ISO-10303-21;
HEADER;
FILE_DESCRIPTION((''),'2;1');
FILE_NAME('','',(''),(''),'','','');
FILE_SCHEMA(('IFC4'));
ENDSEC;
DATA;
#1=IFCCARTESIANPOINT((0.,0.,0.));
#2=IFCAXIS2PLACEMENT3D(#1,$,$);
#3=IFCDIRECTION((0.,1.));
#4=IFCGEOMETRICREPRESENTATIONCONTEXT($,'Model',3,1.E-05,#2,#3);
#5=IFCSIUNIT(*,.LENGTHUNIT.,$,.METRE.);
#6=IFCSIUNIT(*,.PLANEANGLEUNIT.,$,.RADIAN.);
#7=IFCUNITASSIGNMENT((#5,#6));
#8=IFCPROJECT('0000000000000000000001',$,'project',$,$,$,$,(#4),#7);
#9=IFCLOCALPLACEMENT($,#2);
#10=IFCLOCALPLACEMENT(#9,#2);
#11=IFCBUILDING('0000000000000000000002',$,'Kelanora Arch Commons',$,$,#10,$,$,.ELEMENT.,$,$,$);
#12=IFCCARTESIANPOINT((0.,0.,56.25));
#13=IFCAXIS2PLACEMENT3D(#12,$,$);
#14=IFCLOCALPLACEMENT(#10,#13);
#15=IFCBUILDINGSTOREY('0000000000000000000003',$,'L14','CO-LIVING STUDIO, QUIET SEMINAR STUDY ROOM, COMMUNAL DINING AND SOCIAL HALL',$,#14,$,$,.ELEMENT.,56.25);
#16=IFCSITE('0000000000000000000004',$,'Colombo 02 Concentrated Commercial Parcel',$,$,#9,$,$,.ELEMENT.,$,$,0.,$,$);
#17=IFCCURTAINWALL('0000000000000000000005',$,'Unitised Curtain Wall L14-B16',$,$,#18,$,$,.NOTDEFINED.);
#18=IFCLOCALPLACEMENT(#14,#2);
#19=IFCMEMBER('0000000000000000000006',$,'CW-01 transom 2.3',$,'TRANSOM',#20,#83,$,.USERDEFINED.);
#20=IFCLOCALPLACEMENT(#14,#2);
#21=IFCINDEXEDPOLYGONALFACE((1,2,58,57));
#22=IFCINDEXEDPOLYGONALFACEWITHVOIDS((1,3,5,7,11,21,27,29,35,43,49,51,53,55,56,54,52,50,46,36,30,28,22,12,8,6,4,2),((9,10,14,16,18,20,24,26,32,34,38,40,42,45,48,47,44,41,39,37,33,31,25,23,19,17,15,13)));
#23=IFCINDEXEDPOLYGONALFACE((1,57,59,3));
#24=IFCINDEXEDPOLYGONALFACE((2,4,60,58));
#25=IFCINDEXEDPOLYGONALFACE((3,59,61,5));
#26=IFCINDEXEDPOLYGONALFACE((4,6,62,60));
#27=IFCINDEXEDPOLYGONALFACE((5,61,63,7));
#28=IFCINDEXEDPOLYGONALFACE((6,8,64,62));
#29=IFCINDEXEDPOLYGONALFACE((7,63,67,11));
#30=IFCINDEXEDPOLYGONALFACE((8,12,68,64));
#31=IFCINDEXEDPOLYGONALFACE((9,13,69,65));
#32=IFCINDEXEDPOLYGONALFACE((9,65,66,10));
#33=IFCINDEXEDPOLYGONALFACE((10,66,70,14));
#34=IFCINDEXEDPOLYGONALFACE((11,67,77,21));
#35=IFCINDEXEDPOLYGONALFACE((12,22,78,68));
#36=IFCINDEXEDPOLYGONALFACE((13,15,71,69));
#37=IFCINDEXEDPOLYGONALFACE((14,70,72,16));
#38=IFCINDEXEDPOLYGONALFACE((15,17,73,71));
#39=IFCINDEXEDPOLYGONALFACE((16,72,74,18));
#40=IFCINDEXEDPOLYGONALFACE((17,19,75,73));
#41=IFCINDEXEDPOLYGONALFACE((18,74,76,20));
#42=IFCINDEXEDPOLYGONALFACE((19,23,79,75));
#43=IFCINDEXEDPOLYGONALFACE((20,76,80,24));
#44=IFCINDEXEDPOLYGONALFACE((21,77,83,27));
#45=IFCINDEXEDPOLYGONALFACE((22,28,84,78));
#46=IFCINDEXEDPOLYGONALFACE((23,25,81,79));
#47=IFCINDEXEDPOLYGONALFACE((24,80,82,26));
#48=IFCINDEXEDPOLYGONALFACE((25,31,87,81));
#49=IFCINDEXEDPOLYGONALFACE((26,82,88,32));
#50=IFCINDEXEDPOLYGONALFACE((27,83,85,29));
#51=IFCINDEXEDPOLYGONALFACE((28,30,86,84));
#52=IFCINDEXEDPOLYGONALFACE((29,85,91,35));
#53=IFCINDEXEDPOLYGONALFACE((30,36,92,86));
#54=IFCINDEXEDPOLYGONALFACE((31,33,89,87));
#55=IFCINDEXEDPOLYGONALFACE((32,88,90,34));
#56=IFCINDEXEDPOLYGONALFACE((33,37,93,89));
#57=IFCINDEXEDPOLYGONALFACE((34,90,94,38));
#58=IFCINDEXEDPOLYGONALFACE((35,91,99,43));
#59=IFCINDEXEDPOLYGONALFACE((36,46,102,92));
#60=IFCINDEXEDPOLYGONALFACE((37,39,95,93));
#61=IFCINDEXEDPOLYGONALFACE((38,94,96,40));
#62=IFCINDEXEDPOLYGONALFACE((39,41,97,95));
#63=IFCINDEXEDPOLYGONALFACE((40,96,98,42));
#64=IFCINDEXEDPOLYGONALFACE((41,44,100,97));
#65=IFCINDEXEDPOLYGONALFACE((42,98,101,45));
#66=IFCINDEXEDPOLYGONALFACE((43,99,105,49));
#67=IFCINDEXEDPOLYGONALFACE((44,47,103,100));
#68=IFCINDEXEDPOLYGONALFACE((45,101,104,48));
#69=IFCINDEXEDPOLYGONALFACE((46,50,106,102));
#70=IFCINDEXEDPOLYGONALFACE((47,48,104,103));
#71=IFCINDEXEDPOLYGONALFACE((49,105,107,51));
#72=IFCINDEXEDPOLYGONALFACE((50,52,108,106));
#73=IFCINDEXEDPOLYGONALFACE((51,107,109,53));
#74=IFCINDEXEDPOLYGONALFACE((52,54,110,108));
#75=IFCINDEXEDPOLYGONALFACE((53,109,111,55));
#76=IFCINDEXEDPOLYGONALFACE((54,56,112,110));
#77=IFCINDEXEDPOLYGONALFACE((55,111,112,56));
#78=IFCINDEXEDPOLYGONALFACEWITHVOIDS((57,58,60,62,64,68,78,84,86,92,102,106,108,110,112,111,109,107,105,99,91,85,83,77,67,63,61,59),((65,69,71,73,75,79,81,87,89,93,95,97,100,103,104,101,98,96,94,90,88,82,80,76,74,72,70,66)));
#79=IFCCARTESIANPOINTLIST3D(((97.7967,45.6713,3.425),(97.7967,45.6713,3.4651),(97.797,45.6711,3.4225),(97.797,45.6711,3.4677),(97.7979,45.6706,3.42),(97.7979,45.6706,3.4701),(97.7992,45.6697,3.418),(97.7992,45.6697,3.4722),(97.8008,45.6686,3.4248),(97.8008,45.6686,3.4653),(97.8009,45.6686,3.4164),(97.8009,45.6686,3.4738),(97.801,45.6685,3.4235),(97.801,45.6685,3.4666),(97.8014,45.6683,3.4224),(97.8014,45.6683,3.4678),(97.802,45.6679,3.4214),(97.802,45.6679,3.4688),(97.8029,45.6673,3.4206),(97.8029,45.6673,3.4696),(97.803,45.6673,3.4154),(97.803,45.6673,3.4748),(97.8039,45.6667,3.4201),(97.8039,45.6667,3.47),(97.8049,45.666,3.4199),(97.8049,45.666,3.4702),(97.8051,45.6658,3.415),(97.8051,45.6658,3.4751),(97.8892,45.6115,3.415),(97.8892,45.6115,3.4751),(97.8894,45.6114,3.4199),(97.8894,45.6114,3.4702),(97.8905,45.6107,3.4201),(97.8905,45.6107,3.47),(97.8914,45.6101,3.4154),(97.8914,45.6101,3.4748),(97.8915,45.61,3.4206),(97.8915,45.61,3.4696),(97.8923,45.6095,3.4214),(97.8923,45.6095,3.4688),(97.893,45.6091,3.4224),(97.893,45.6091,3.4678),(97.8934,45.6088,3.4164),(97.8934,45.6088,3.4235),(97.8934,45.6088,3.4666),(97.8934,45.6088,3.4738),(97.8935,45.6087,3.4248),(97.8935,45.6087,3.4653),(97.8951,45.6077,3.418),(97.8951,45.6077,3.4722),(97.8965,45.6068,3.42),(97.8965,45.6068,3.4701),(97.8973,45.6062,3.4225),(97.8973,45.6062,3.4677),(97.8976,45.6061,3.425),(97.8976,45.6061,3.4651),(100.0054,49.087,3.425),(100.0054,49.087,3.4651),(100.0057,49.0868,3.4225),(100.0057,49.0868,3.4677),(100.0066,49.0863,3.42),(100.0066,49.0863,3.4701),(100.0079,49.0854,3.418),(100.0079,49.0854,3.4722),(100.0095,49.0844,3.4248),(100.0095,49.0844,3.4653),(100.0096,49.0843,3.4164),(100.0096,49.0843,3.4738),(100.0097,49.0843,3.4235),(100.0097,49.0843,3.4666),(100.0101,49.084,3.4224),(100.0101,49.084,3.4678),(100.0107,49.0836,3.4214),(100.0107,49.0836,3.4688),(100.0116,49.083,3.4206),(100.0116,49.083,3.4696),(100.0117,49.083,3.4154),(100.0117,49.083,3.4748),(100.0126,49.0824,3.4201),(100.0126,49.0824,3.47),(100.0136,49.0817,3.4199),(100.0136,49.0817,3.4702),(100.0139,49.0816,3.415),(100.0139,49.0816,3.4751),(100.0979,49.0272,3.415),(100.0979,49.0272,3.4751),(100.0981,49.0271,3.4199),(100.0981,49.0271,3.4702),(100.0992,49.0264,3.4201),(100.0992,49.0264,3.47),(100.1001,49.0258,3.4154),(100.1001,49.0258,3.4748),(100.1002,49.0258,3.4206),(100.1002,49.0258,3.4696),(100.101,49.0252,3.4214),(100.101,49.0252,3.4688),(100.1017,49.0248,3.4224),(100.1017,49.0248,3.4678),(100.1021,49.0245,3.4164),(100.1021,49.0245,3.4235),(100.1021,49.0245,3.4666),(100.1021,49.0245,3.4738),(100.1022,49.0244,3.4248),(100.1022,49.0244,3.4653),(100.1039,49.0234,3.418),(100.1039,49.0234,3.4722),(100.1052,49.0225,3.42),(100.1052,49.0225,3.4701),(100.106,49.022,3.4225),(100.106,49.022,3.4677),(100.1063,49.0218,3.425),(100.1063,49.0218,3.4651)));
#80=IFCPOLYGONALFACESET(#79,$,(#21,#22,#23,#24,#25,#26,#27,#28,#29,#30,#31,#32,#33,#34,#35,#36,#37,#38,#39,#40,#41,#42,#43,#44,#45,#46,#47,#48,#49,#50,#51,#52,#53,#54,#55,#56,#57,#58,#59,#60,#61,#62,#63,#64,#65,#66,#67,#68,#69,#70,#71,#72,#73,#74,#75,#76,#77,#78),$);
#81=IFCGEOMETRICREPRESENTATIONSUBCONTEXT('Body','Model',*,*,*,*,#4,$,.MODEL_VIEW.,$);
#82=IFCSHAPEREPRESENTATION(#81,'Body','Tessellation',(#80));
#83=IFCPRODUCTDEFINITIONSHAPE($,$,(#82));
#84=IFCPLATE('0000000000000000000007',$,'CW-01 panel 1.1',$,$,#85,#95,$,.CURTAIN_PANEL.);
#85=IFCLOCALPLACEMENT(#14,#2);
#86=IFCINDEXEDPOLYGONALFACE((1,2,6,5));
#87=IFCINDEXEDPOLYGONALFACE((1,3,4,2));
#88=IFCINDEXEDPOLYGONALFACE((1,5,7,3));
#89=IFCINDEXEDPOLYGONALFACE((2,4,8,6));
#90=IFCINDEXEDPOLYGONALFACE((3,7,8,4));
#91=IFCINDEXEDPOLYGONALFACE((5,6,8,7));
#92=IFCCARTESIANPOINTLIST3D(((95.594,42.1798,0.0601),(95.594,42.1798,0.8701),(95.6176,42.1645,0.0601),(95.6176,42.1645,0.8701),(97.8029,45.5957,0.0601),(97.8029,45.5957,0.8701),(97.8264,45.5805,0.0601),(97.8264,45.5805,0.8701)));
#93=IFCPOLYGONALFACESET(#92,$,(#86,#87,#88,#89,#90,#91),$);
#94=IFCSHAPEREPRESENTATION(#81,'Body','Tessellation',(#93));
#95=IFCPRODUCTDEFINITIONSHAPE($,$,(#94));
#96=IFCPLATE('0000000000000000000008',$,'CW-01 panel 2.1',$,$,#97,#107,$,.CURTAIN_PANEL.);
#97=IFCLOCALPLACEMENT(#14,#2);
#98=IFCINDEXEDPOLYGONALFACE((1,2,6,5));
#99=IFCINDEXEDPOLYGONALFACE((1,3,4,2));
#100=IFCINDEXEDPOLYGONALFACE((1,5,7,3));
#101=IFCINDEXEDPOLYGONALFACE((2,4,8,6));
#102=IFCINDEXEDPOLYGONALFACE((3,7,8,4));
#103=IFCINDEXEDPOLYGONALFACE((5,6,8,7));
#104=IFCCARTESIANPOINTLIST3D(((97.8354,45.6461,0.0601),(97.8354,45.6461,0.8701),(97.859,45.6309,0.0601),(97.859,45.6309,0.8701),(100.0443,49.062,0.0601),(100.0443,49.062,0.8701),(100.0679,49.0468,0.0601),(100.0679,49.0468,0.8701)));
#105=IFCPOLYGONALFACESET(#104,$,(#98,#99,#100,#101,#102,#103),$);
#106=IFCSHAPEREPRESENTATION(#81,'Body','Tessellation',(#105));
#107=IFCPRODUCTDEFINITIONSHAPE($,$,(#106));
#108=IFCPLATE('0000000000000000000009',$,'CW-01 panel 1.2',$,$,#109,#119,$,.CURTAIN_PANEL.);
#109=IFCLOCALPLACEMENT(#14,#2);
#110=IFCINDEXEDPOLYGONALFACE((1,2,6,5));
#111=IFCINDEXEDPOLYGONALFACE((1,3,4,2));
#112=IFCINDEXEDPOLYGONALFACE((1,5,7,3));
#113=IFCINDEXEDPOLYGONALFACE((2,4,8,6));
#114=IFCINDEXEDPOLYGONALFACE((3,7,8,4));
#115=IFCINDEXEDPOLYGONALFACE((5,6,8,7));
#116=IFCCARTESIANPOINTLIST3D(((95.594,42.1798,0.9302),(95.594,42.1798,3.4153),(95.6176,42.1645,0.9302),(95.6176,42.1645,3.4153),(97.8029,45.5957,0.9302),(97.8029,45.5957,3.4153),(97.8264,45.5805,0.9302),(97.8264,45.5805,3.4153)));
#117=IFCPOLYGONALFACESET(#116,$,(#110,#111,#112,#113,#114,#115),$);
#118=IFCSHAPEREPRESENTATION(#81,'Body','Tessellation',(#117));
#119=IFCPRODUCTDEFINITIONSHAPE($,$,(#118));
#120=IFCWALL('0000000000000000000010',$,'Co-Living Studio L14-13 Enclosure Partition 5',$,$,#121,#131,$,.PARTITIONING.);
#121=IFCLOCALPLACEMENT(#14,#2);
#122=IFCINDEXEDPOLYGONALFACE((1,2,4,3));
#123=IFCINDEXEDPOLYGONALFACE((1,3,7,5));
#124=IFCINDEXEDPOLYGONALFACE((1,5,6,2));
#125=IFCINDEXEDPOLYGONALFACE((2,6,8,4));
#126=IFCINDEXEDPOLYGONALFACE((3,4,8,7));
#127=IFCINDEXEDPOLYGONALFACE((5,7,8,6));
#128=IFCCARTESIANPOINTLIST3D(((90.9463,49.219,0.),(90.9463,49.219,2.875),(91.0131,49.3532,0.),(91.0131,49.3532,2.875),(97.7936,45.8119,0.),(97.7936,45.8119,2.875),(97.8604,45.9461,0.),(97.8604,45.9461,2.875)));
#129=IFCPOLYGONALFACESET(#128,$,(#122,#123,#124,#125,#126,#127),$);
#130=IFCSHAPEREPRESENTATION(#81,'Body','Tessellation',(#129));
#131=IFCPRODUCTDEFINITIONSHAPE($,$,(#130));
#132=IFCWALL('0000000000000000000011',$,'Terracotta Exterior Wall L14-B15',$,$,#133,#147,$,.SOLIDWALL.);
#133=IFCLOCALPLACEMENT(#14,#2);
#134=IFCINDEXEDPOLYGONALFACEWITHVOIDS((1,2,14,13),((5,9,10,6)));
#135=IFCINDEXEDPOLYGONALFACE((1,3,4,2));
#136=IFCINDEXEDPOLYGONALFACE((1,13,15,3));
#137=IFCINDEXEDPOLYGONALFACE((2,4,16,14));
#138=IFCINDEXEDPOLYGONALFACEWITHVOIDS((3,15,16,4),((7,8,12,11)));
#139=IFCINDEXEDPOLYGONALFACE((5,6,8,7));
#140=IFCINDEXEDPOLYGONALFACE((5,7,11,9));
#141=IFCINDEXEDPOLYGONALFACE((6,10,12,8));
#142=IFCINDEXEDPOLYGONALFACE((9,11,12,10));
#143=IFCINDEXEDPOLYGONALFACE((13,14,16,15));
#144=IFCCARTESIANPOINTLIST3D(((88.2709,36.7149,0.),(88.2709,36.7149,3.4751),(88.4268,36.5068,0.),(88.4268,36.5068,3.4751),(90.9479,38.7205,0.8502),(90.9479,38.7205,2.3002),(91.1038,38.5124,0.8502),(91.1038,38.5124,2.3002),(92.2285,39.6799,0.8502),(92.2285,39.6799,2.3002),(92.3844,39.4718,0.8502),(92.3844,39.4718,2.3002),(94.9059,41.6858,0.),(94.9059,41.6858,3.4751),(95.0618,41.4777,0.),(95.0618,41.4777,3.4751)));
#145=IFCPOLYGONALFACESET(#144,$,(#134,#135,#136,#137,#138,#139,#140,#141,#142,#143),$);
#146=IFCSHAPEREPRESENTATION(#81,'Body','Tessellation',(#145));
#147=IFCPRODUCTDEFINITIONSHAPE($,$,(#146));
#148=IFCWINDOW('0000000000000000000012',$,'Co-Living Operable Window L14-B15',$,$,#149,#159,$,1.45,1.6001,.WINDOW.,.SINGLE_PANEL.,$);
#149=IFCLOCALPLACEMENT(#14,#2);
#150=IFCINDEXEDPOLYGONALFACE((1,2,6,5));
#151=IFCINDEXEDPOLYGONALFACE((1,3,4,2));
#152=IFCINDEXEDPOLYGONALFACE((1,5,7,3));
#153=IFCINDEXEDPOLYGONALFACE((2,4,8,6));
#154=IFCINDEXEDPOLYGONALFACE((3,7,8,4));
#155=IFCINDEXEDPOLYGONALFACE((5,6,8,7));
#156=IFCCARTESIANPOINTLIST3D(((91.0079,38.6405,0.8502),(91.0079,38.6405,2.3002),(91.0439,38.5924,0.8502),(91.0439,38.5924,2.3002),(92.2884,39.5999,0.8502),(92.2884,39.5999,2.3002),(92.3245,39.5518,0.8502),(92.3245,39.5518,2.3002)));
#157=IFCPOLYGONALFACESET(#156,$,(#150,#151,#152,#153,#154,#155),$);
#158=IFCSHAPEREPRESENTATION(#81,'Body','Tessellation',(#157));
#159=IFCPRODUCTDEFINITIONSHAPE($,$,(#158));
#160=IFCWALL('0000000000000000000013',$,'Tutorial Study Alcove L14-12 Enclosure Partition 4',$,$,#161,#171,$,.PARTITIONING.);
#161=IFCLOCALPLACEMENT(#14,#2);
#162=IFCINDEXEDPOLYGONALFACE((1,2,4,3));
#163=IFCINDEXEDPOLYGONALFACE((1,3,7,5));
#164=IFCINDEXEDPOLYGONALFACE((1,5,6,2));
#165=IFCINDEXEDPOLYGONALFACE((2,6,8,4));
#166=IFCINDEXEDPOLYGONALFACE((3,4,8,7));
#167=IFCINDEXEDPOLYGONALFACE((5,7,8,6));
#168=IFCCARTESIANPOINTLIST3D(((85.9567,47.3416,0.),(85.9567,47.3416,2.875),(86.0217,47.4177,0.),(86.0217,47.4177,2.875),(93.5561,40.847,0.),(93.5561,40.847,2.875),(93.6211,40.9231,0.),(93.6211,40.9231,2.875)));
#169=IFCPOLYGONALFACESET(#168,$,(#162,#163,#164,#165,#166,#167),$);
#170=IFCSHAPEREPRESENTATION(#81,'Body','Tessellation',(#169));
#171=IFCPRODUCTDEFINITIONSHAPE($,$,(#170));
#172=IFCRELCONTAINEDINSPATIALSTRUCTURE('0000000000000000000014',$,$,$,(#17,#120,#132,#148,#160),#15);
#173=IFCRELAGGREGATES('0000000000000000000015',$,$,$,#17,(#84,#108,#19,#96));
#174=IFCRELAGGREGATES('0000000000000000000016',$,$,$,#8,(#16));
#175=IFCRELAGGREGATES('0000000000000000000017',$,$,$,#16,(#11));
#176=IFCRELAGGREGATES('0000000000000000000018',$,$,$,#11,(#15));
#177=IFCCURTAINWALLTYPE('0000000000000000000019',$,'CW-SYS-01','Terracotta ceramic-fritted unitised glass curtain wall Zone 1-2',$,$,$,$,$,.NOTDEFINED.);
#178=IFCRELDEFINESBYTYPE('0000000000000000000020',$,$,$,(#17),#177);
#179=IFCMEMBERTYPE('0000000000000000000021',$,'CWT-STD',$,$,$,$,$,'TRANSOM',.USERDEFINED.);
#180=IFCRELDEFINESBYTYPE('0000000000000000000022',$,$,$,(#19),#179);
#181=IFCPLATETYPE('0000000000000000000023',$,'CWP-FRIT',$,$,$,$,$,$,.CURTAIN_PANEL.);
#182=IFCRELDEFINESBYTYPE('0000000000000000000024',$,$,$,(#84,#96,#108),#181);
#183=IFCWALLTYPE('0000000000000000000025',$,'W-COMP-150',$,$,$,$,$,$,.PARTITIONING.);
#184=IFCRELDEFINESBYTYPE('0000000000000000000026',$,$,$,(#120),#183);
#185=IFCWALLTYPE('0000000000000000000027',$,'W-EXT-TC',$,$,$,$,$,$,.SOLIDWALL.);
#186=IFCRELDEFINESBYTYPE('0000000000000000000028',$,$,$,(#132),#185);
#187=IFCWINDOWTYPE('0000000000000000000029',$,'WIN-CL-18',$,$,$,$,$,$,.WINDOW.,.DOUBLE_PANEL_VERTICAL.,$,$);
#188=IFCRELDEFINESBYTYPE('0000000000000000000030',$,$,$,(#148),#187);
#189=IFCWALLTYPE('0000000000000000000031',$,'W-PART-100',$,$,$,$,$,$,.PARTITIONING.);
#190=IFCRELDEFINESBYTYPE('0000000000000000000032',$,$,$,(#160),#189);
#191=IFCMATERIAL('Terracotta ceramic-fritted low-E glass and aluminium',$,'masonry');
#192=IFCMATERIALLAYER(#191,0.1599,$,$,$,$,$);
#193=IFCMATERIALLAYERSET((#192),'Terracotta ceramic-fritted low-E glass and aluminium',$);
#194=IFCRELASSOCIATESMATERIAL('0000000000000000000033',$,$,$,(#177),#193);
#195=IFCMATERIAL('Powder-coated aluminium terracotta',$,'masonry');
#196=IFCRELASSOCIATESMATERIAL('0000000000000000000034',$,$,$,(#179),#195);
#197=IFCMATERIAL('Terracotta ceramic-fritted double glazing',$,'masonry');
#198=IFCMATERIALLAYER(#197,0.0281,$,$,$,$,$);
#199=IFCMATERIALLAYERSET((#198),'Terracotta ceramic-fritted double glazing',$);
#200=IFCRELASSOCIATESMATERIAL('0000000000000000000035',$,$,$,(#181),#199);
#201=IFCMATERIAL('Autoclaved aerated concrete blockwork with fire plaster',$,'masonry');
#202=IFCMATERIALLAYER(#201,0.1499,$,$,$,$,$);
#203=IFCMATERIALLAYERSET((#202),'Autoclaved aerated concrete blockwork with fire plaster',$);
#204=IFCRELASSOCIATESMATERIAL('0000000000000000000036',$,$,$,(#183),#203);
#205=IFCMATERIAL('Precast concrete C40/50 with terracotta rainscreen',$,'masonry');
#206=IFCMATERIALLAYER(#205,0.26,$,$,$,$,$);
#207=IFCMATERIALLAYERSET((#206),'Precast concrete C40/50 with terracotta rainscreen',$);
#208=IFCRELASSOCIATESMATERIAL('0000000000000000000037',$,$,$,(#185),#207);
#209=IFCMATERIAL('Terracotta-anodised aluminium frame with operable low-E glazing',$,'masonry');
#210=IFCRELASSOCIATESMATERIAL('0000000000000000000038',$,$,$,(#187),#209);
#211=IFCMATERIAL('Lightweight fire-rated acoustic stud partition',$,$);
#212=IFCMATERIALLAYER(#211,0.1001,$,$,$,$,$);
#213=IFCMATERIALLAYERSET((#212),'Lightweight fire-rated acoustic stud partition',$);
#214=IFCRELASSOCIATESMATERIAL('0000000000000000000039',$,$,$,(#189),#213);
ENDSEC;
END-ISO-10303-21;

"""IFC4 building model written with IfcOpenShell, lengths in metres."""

from ifc_helpers import new_model, si_unit, direction, frame, frame_2d, origin, origin_2d, place, context, subcontext, project, spatial, rectangle, hollow_rectangle, extrude, source, transform, mapped, material, layer, layer_set, material_profile, profile_set, type_object, element, fill, aggregate, save


model = new_model("IFC4")

# Units and contexts
model_context = context("Model", 3, precision=1e-05, world=origin(), true_north=direction((0.0, 1.0)))
body_context = subcontext(model_context, "Body", "Model", "MODEL_VIEW")
ifc_project = project(units=[si_unit("LENGTHUNIT", "METRE"), si_unit("PLANEANGLEUNIT", "RADIAN")], contexts=[model_context])

# Site, building, storey
site_placement = place(None, origin())
site = spatial("IfcSite", under=ifc_project, at=site_placement, Name="Colombo 02 Concentrated Commercial Parcel", CompositionType="ELEMENT", RefElevation=0.0)
building_placement = place(site_placement, origin())
building = spatial("IfcBuilding", under=site, at=building_placement, Name="Kelanora Arch Commons", CompositionType="ELEMENT")
storey_placement = place(building_placement, frame((0.0, 0.0, 56.25)))
storey = spatial("IfcBuildingStorey", under=building, at=storey_placement, Name="L14", Description="CO-LIVING STUDIO, QUIET SEMINAR STUDY ROOM, COMMUNAL DINING AND SOCIAL HALL", CompositionType="ELEMENT", Elevation=56.25)

# Shared definitions
ifc_material_1 = material(Name="Terracotta ceramic-fritted low-E glass and aluminium", Category="masonry")
ifc_layer_1 = layer(ifc_material_1, 0.1599)
ifc_layer_set_1 = layer_set([ifc_layer_1], Name="Terracotta ceramic-fritted low-E glass and aluminium")
curtain_wall_type = type_object("IfcCurtainWallType", Name="CW-SYS-01", Description="Terracotta ceramic-fritted unitised glass curtain wall Zone 1-2", PredefinedType="NOTDEFINED", material=ifc_layer_set_1)
ifc_material_2 = material(Name="Powder-coated aluminium terracotta", Category="masonry")

# Curtain wall, member, plates
curtain_wall_1_placement = place(storey_placement, origin())
curtain_wall_1 = element("IfcCurtainWall", 1, at=curtain_wall_1_placement, inside=storey, type_object=curtain_wall_type, Name="Unitised Curtain Wall L14-B16", PredefinedType="NOTDEFINED")
ifc_material_profile_1 = material_profile(ifc_material_2, hollow_rectangle(XDim=0.1201, YDim=0.0601, WallThickness=0.0049, InnerFilletRadius=0.0049, OuterFilletRadius=0.01, at=origin_2d()), Name="CWT120x60")
ifc_profile_set_1 = profile_set([ifc_material_profile_1], Name="Powder-coated aluminium terracotta")
member_type_1 = type_object("IfcMemberType", Name="CWT-STD", ElementType="TRANSOM", PredefinedType="USERDEFINED", material=ifc_profile_set_1)
member_1_placement = place(storey_placement, frame((97.8472, 45.6387, 3.4451), z_axis=(0.542997, 0.839734, 0.0), x_axis=(-0.839734, 0.542997, 0.0)))
member_1 = element("IfcMember", 2, at=member_1_placement, type_object=member_type_1, Name="CW-01 transom 2.3", ObjectType="TRANSOM", PredefinedType="USERDEFINED", context=body_context, shape_type="SweptSolid", body=[
    extrude(hollow_rectangle(XDim=0.1201, YDim=0.0601, WallThickness=0.0049, InnerFilletRadius=0.0049, OuterFilletRadius=0.01, at=origin_2d()), origin(), (0.0, 0.0, 1.0), 4.0676),
])
ifc_material_3 = material(Name="Terracotta ceramic-fritted double glazing", Category="masonry")
ifc_layer_2 = layer(ifc_material_3, 0.0281)
ifc_layer_set_2 = layer_set([ifc_layer_2], Name="Terracotta ceramic-fritted double glazing")
plate_type = type_object("IfcPlateType", Name="CWP-FRIT", PredefinedType="CURTAIN_PANEL", material=ifc_layer_set_2)
shared_shape_1 = source(origin(), body_context, "Body", "SweptSolid", [
    extrude(rectangle(XDim=4.0679, YDim=0.0281, at=origin_2d()), origin(), (0.0, 0.0, 1.0), 0.8101),
])
plate_1_placement = place(storey_placement, frame((96.7102, 43.8801, 0.0601), z_axis=(0.0, 0.0, 1.0), x_axis=(0.543004, 0.83973, 0.0)))
plate_1 = element("IfcPlate", 3, at=plate_1_placement, type_object=plate_type, Name="CW-01 panel 1.1", PredefinedType="CURTAIN_PANEL", context=body_context, shape_type="MappedRepresentation", body=[
    mapped(shared_shape_1, transform((0.0, 0.0, 0.0), scale=1.0)),
])
plate_2_placement = place(storey_placement, frame((98.9517, 47.3464, 0.0601), z_axis=(0.0, 0.0, 1.0), x_axis=(0.543004, 0.83973, 0.0)))
plate_2 = element("IfcPlate", 4, at=plate_2_placement, type_object=plate_type, Name="CW-01 panel 2.1", PredefinedType="CURTAIN_PANEL", context=body_context, shape_type="MappedRepresentation", body=[
    mapped(shared_shape_1, transform((0.0, 0.0, 0.0), scale=1.0)),
])
shared_shape_2 = source(origin(), body_context, "Body", "SweptSolid", [
    extrude(rectangle(XDim=4.0679, YDim=0.0281, at=origin_2d()), origin(), (0.0, 0.0, 1.0), 2.4851),
])
plate_3_placement = place(storey_placement, frame((96.7102, 43.8801, 0.9302), z_axis=(0.0, 0.0, 1.0), x_axis=(0.543004, 0.83973, 0.0)))
plate_3 = element("IfcPlate", 5, at=plate_3_placement, type_object=plate_type, Name="CW-01 panel 1.2", PredefinedType="CURTAIN_PANEL", context=body_context, shape_type="MappedRepresentation", body=[
    mapped(shared_shape_2, transform((0.0, 0.0, 0.0), scale=1.0)),
])
aggregate(curtain_wall_1, [plate_1, plate_3, member_1, plate_2])

# Wall
ifc_material_4 = material(Name="Autoclaved aerated concrete blockwork with fire plaster", Category="masonry")
ifc_layer_3 = layer(ifc_material_4, 0.1499)
ifc_layer_set_3 = layer_set([ifc_layer_3], Name="Autoclaved aerated concrete blockwork with fire plaster")
wall_type_1 = type_object("IfcWallType", Name="W-COMP-150", PredefinedType="PARTITIONING", material=ifc_layer_set_3)
wall_1_placement = place(storey_placement, frame((97.8271, 45.8789, 0.0), z_axis=(0.0, 0.0, 1.0), x_axis=(-0.895287, 0.445489, 0.0)))
element("IfcWall", 6, at=wall_1_placement, inside=storey, type_object=wall_type_1, Name="Co-Living Studio L14-13 Enclosure Partition 5", PredefinedType="PARTITIONING", context=body_context, shape_type="SweptSolid", body=[
    extrude(rectangle(XDim=7.6482, YDim=0.1499, at=frame_2d((3.8242, 0.0))), origin(), (0.0, 0.0, 1.0), 2.875),
])

# Wall, opening, window
ifc_material_5 = material(Name="Precast concrete C40/50 with terracotta rainscreen", Category="masonry")
ifc_layer_4 = layer(ifc_material_5, 0.26)
ifc_layer_set_4 = layer_set([ifc_layer_4], Name="Precast concrete C40/50 with terracotta rainscreen")
wall_type_2 = type_object("IfcWallType", Name="W-EXT-TC", PredefinedType="SOLIDWALL", material=ifc_layer_set_4)
wall_2_placement = place(storey_placement, frame((88.3489, 36.6108, 0.0), z_axis=(0.0, 0.0, 1.0), x_axis=(0.800307, 0.59959, 0.0)))
wall_2 = element("IfcWall", 7, at=wall_2_placement, inside=storey, type_object=wall_type_2, Name="Terracotta Exterior Wall L14-B15", PredefinedType="SOLIDWALL", context=body_context, shape_type="SweptSolid", body=[
    extrude(rectangle(XDim=8.2905, YDim=0.26, at=frame_2d((4.1453, 0.0))), origin(), (0.0, 0.0, 1.0), 3.4751),
])
opening_placement = place(wall_2_placement, frame((3.345, 0.0, 0.8501)))
opening = element("IfcOpeningElement", 8, at=opening_placement, cuts=wall_2, PredefinedType="OPENING", context=body_context, shape_type="SweptSolid", body=[
    extrude(rectangle(XDim=1.6001, YDim=1.45, at=frame_2d((0.8, 0.7251))), frame((0.0, 0.1401, 0.0), z_axis=(0.0, -1.0, 0.0), x_axis=(1.0, 0.0, 0.0)), (0.0, 0.0, 1.0), 0.28),
])
ifc_material_6 = material(Name="Terracotta-anodised aluminium frame with operable low-E glazing", Category="masonry")
window_type = type_object("IfcWindowType", Name="WIN-CL-18", PartitioningType="DOUBLE_PANEL_VERTICAL", PredefinedType="WINDOW", material=ifc_material_6)
window_placement = place(opening_placement, origin())
window = element("IfcWindow", 9, at=window_placement, inside=storey, type_object=window_type, Name="Co-Living Operable Window L14-B15", OverallHeight=1.45, OverallWidth=1.6001, PartitioningType="SINGLE_PANEL", PredefinedType="WINDOW", context=body_context, shape_type="SweptSolid", body=[
    extrude(rectangle(XDim=1.6001, YDim=1.45, at=frame_2d((0.8, 0.7251))), frame((0.0, 0.03, 0.0), z_axis=(0.0, -1.0, 0.0), x_axis=(1.0, 0.0, 0.0)), (0.0, 0.0, 1.0), 0.0601),
])
fill(opening, window)

# Wall
ifc_material_7 = material(Name="Lightweight fire-rated acoustic stud partition")
ifc_layer_5 = layer(ifc_material_7, 0.1001)
ifc_layer_set_5 = layer_set([ifc_layer_5], Name="Lightweight fire-rated acoustic stud partition")
wall_type_3 = type_object("IfcWallType", Name="W-PART-100", PredefinedType="PARTITIONING", material=ifc_layer_set_5)
wall_3_placement = place(storey_placement, frame((93.5886, 40.885, 0.0), z_axis=(0.0, 0.0, 1.0), x_axis=(-0.760201, 0.649689, 0.0)))
element("IfcWall", 10, at=wall_3_placement, inside=storey, type_object=wall_type_3, Name="Tutorial Study Alcove L14-12 Enclosure Partition 4", PredefinedType="PARTITIONING", context=body_context, shape_type="SweptSolid", body=[
    extrude(rectangle(XDim=9.9966, YDim=0.1001, at=frame_2d((4.9983, 0.0))), origin(), (0.0, 0.0, 1.0), 2.875),
])

save(model, "model.ifc")
